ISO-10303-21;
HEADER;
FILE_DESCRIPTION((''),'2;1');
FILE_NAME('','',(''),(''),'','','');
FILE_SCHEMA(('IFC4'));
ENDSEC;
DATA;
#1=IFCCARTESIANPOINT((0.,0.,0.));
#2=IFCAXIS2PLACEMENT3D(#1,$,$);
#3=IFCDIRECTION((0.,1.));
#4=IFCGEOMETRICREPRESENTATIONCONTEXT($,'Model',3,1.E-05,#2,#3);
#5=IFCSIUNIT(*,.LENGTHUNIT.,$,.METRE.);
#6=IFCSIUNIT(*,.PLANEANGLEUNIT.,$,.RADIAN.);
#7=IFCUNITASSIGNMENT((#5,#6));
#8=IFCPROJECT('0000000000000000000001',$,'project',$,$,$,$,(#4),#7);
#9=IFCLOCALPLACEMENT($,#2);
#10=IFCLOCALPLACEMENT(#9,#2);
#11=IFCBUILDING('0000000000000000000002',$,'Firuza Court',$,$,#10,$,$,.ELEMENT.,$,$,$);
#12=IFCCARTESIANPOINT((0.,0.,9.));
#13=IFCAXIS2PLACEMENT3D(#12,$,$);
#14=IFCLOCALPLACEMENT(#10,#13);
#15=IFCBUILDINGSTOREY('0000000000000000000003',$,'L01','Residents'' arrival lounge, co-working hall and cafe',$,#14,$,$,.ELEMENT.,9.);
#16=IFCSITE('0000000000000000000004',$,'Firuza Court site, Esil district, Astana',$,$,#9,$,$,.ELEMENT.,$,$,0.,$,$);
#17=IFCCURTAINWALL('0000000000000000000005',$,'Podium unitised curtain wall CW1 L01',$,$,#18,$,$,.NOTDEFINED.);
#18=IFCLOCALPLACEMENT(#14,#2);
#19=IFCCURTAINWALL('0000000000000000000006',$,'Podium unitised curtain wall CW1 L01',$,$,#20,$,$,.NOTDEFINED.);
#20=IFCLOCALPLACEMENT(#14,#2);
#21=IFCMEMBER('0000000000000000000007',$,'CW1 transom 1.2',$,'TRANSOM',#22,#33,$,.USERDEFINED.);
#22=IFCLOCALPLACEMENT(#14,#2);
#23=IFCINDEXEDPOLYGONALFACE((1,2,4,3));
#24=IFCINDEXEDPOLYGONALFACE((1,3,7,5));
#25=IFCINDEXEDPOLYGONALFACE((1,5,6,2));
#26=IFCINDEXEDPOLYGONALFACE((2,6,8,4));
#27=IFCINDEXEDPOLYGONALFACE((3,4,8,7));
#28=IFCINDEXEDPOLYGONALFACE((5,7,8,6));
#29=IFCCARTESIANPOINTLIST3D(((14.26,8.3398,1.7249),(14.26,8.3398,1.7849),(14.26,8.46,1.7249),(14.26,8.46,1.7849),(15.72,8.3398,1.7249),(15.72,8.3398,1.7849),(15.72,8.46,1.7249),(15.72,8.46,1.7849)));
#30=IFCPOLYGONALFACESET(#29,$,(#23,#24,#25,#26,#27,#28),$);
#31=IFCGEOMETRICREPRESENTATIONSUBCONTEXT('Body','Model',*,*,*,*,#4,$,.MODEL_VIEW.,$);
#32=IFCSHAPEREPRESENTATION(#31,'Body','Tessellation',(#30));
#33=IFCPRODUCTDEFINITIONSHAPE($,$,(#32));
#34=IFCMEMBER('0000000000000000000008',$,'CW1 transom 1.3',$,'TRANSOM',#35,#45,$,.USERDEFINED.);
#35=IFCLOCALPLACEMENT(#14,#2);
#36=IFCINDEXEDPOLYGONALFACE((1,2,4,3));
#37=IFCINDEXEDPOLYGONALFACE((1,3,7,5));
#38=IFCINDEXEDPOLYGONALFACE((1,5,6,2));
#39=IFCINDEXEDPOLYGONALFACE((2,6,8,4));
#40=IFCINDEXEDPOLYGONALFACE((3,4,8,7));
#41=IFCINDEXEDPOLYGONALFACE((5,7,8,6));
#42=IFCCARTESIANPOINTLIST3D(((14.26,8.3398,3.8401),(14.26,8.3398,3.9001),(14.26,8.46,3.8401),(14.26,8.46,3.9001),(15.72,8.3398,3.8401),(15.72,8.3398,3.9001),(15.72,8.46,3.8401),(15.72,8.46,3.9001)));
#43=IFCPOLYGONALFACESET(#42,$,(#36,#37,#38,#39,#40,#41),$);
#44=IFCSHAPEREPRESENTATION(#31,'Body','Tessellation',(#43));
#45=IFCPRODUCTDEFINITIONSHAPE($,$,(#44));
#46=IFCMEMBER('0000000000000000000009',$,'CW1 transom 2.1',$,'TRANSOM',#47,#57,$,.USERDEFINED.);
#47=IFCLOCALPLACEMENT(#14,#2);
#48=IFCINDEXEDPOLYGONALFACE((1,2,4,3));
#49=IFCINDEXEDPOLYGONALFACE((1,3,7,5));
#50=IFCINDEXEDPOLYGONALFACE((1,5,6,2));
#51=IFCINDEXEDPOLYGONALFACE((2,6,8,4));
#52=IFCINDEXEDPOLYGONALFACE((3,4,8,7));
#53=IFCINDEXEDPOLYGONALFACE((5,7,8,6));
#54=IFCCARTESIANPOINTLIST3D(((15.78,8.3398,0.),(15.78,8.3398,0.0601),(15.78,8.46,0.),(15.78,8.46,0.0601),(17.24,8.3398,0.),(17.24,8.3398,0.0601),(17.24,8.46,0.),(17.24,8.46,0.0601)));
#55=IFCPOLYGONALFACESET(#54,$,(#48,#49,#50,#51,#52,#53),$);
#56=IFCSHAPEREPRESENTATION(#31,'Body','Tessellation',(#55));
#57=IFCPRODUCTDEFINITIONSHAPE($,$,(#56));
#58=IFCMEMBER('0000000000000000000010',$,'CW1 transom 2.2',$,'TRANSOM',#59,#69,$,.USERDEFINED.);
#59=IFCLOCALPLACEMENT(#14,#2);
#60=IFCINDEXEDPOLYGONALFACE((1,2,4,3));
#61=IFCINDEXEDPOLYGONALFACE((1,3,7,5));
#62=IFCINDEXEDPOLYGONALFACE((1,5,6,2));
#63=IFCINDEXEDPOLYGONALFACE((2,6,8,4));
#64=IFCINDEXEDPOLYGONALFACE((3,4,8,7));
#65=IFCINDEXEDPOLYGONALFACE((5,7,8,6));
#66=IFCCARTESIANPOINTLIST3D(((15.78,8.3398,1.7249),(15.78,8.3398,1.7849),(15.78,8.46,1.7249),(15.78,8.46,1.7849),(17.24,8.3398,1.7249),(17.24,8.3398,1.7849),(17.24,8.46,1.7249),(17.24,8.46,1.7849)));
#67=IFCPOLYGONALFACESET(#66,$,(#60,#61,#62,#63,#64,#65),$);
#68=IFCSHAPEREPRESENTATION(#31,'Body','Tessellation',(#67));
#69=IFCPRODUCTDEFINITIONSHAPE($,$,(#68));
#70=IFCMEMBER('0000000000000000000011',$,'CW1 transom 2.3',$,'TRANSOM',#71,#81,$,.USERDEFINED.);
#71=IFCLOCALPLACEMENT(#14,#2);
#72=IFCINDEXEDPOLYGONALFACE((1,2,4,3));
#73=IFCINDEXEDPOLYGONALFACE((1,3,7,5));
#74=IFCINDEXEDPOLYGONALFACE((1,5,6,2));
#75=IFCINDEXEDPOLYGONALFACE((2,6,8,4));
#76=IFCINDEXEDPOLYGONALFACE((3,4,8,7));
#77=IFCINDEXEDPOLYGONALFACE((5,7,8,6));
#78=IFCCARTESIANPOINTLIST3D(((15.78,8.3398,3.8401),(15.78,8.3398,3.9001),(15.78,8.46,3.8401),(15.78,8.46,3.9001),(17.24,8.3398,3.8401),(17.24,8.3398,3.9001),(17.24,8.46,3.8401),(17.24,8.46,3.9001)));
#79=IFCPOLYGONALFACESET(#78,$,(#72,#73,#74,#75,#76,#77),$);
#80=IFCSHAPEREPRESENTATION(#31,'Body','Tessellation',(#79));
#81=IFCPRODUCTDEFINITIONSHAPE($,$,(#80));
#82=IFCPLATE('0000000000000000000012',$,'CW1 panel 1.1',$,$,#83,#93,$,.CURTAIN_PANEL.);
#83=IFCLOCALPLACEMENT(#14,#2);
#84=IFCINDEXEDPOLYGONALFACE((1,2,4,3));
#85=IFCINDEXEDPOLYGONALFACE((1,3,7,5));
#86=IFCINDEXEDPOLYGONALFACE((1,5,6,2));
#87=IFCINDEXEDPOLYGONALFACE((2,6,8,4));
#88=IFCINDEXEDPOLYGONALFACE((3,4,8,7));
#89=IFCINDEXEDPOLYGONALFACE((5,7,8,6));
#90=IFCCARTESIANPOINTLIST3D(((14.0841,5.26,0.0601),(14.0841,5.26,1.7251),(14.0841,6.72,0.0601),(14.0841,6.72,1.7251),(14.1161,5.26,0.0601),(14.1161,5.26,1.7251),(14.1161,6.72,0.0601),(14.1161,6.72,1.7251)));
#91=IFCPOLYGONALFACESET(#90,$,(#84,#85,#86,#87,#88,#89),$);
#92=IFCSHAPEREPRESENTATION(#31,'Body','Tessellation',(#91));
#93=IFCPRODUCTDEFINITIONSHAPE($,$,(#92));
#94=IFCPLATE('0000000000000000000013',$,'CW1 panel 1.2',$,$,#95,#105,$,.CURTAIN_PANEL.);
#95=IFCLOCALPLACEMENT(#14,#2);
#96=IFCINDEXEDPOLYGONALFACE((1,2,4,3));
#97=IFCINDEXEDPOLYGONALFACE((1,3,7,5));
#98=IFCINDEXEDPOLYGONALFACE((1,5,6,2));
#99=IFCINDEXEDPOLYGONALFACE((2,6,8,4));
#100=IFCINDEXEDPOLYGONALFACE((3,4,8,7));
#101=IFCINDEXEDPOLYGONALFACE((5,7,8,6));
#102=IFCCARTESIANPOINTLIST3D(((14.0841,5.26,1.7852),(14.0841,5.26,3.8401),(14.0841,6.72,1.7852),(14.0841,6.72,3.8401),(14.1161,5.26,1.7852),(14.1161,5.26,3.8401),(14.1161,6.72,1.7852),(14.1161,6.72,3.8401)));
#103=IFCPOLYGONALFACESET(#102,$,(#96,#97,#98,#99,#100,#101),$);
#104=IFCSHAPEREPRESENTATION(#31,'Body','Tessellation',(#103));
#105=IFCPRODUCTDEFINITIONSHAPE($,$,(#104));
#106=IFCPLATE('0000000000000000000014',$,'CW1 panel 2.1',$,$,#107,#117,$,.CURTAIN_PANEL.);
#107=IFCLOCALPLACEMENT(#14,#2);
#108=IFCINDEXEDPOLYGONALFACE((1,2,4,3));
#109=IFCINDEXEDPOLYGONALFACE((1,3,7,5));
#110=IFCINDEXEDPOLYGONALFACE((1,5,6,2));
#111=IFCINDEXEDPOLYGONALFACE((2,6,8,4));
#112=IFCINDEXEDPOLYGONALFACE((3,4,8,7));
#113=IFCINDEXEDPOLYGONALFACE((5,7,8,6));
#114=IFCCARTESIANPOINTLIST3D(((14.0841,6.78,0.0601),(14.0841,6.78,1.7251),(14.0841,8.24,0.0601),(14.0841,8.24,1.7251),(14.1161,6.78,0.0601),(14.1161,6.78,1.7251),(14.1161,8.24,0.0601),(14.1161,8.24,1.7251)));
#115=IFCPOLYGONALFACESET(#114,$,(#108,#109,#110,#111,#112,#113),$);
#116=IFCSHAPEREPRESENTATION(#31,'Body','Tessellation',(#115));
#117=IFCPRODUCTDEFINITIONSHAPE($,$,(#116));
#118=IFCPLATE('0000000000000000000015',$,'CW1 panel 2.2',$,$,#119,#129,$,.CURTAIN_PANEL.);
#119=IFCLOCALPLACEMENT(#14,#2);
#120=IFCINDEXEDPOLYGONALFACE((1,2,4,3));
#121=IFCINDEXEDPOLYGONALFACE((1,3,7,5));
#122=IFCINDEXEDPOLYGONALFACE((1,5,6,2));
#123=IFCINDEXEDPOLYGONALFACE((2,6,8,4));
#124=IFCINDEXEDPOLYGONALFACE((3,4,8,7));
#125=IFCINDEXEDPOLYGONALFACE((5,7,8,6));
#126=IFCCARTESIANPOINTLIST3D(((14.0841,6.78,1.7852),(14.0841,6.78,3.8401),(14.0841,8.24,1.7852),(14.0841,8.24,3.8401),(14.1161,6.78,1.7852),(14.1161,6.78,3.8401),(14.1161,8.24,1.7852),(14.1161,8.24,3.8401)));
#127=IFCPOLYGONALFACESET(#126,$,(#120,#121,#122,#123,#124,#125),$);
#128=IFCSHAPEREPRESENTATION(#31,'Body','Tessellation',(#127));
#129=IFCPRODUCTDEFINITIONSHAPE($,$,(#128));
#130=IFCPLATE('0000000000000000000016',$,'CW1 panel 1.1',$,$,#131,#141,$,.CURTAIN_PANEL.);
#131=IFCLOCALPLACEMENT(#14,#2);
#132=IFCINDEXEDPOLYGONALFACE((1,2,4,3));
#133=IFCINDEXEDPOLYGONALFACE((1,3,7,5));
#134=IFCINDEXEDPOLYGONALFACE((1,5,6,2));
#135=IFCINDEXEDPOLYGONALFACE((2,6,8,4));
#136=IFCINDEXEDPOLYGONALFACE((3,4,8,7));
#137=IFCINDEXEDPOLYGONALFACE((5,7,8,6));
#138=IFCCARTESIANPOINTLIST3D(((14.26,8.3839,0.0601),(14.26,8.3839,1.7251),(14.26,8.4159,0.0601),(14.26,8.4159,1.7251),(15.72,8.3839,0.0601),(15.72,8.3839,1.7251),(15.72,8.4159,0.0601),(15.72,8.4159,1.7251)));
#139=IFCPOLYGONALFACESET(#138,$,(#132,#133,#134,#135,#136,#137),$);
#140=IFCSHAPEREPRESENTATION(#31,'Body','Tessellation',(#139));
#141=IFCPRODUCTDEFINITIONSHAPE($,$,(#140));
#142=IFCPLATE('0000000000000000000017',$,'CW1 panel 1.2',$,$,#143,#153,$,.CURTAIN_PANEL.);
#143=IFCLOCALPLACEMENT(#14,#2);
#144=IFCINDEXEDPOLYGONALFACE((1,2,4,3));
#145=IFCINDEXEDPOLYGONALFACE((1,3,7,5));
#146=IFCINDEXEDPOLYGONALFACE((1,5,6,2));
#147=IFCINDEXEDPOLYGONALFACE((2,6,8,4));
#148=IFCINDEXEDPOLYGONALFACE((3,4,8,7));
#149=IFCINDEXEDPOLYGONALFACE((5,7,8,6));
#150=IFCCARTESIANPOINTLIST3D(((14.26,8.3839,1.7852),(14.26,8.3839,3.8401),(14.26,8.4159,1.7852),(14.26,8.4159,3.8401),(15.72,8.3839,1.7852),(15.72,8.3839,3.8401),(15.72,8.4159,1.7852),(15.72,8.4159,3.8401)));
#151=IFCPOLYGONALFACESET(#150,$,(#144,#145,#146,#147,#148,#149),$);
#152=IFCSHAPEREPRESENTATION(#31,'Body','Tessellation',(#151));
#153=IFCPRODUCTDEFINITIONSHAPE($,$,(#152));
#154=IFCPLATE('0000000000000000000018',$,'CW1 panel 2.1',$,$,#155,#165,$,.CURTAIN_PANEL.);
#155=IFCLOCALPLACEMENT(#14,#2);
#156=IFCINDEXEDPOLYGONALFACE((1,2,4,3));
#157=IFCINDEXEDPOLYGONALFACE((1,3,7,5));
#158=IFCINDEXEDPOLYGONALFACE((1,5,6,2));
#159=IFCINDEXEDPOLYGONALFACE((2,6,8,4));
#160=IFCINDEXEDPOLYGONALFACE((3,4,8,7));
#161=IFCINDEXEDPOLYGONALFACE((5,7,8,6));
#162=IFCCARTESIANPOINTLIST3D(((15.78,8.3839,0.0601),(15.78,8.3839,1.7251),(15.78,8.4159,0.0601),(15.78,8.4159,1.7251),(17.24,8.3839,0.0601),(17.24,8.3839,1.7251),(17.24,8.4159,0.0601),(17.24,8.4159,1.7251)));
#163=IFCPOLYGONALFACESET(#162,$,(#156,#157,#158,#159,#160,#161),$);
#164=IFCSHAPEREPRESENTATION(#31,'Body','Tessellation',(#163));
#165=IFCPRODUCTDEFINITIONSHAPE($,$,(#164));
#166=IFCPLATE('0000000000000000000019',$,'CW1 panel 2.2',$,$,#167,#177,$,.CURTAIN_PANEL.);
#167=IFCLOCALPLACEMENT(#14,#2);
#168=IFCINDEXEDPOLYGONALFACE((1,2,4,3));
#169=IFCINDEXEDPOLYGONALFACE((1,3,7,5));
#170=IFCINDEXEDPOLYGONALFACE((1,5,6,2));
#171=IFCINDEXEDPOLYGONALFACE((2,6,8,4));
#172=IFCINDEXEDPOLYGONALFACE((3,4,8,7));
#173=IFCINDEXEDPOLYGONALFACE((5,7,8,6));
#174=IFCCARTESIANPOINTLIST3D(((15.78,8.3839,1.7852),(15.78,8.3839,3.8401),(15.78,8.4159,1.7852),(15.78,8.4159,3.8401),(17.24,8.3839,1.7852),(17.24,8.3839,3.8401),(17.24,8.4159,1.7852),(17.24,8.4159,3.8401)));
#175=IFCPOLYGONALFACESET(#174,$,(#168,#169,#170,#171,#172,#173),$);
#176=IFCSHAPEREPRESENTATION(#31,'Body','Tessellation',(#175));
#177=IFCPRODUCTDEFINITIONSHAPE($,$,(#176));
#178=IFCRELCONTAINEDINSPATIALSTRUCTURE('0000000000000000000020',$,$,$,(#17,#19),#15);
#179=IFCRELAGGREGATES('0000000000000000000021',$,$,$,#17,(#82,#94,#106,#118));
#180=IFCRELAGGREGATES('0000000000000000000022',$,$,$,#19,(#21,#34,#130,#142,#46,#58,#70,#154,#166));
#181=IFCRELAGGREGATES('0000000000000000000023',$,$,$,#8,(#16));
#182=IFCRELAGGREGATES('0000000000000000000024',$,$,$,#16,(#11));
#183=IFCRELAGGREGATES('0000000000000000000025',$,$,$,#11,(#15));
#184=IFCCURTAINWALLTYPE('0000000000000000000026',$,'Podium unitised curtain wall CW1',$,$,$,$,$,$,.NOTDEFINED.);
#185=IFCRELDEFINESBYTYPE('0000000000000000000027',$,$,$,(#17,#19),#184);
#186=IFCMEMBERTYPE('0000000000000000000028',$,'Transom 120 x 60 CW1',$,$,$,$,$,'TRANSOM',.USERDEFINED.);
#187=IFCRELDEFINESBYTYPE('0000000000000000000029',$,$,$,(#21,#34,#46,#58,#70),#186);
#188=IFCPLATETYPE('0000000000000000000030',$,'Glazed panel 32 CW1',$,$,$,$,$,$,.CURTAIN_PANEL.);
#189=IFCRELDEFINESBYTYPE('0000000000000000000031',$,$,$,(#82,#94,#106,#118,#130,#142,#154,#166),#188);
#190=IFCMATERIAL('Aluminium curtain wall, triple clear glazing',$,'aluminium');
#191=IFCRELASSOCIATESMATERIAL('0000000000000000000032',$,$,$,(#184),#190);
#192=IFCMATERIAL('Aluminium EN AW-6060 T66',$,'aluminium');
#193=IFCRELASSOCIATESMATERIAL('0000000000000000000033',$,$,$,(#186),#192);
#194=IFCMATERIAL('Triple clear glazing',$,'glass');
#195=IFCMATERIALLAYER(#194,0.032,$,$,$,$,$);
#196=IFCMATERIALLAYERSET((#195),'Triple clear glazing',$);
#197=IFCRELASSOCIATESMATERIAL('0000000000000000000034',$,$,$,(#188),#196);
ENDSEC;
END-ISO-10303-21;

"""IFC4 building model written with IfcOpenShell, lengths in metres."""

from ifc_helpers import new_model, si_unit, direction, frame, origin, origin_2d, place, context, subcontext, project, spatial, rectangle, extrude, material, layer, layer_set, material_profile, profile_set, type_object, element, aggregate, save


model = new_model("IFC4")

# Units and contexts
model_context = context("Model", 3, precision=1e-05, world=origin(), true_north=direction((0.0, 1.0)))
body_context = subcontext(model_context, "Body", "Model", "MODEL_VIEW")
ifc_project = project(units=[si_unit("LENGTHUNIT", "METRE"), si_unit("PLANEANGLEUNIT", "RADIAN")], contexts=[model_context])

# Site, building, storey
site_placement = place(None, origin())
site = spatial("IfcSite", under=ifc_project, at=site_placement, Name="Firuza Court site, Esil district, Astana", CompositionType="ELEMENT", RefElevation=0.0)
building_placement = place(site_placement, origin())
building = spatial("IfcBuilding", under=site, at=building_placement, Name="Firuza Court", CompositionType="ELEMENT")
storey_placement = place(building_placement, frame((0.0, 0.0, 9.0)))
storey = spatial("IfcBuildingStorey", under=building, at=storey_placement, Name="L01", Description="Residents' arrival lounge, co-working hall and cafe", CompositionType="ELEMENT", Elevation=9.0)

# Curtain walls
ifc_material_1 = material(Name="Aluminium curtain wall, triple clear glazing", Category="aluminium")
curtain_wall_type = type_object("IfcCurtainWallType", Name="Podium unitised curtain wall CW1", PredefinedType="NOTDEFINED", material=ifc_material_1)
curtain_wall_1_placement = place(storey_placement, origin())
curtain_wall_1 = element("IfcCurtainWall", 1, at=curtain_wall_1_placement, inside=storey, type_object=curtain_wall_type, Name="Podium unitised curtain wall CW1 L01", PredefinedType="NOTDEFINED")
curtain_wall_2_placement = place(storey_placement, origin())
curtain_wall_2 = element("IfcCurtainWall", 2, at=curtain_wall_2_placement, inside=storey, type_object=curtain_wall_type, Name="Podium unitised curtain wall CW1 L01", PredefinedType="NOTDEFINED")

# Members
ifc_material_2 = material(Name="Aluminium EN AW-6060 T66", Category="aluminium")
ifc_material_profile_1 = material_profile(ifc_material_2, rectangle(XDim=0.1201, YDim=0.0601, at=origin_2d()), Name="Transom 120 x 60 CW1")
ifc_profile_set_1 = profile_set([ifc_material_profile_1], Name="Aluminium EN AW-6060 T66")
member_type_1 = type_object("IfcMemberType", Name="Transom 120 x 60 CW1", ElementType="TRANSOM", PredefinedType="USERDEFINED", material=ifc_profile_set_1)
member_1_placement = place(storey_placement, frame((14.26, 8.3999, 1.7549), z_axis=(1.0, 0.0, 0.0), x_axis=(0.0, 1.0, 0.0)))
member_1 = element("IfcMember", 3, at=member_1_placement, type_object=member_type_1, Name="CW1 transom 1.2", ObjectType="TRANSOM", PredefinedType="USERDEFINED", context=body_context, shape_type="SweptSolid", body=[
    extrude(rectangle(XDim=0.1201, YDim=0.0601, at=origin_2d()), origin(), (0.0, 0.0, 1.0), 1.46),
])
member_2_placement = place(storey_placement, frame((14.26, 8.3999, 3.8701), z_axis=(1.0, 0.0, 0.0), x_axis=(0.0, 1.0, 0.0)))
member_2 = element("IfcMember", 4, at=member_2_placement, type_object=member_type_1, Name="CW1 transom 1.3", ObjectType="TRANSOM", PredefinedType="USERDEFINED", context=body_context, shape_type="SweptSolid", body=[
    extrude(rectangle(XDim=0.1201, YDim=0.0601, at=origin_2d()), origin(), (0.0, 0.0, 1.0), 1.46),
])
member_3_placement = place(storey_placement, frame((15.78, 8.3999, 0.03), z_axis=(1.0, 0.0, 0.0), x_axis=(0.0, 1.0, 0.0)))
member_3 = element("IfcMember", 5, at=member_3_placement, type_object=member_type_1, Name="CW1 transom 2.1", ObjectType="TRANSOM", PredefinedType="USERDEFINED", context=body_context, shape_type="SweptSolid", body=[
    extrude(rectangle(XDim=0.1201, YDim=0.0601, at=origin_2d()), origin(), (0.0, 0.0, 1.0), 1.46),
])
member_4_placement = place(storey_placement, frame((15.78, 8.3999, 1.7549), z_axis=(1.0, 0.0, 0.0), x_axis=(0.0, 1.0, 0.0)))
member_4 = element("IfcMember", 6, at=member_4_placement, type_object=member_type_1, Name="CW1 transom 2.2", ObjectType="TRANSOM", PredefinedType="USERDEFINED", context=body_context, shape_type="SweptSolid", body=[
    extrude(rectangle(XDim=0.1201, YDim=0.0601, at=origin_2d()), origin(), (0.0, 0.0, 1.0), 1.46),
])
member_5_placement = place(storey_placement, frame((15.78, 8.3999, 3.8701), z_axis=(1.0, 0.0, 0.0), x_axis=(0.0, 1.0, 0.0)))
member_5 = element("IfcMember", 7, at=member_5_placement, type_object=member_type_1, Name="CW1 transom 2.3", ObjectType="TRANSOM", PredefinedType="USERDEFINED", context=body_context, shape_type="SweptSolid", body=[
    extrude(rectangle(XDim=0.1201, YDim=0.0601, at=origin_2d()), origin(), (0.0, 0.0, 1.0), 1.46),
])

# Plates
ifc_material_3 = material(Name="Triple clear glazing", Category="glass")
ifc_layer = layer(ifc_material_3, 0.032)
ifc_layer_set = layer_set([ifc_layer], Name="Triple clear glazing")
plate_type = type_object("IfcPlateType", Name="Glazed panel 32 CW1", PredefinedType="CURTAIN_PANEL", material=ifc_layer_set)
plate_1_placement = place(storey_placement, frame((14.1001, 5.99, 0.0601), z_axis=(0.0, 0.0, 1.0), x_axis=(0.0, 1.0, 0.0)))
plate_1 = element("IfcPlate", 8, at=plate_1_placement, type_object=plate_type, Name="CW1 panel 1.1", PredefinedType="CURTAIN_PANEL", context=body_context, shape_type="SweptSolid", body=[
    extrude(rectangle(XDim=1.46, YDim=0.032, at=origin_2d()), origin(), (0.0, 0.0, 1.0), 1.665),
])
plate_2_placement = place(storey_placement, frame((14.1001, 5.99, 1.7852), z_axis=(0.0, 0.0, 1.0), x_axis=(0.0, 1.0, 0.0)))
plate_2 = element("IfcPlate", 9, at=plate_2_placement, type_object=plate_type, Name="CW1 panel 1.2", PredefinedType="CURTAIN_PANEL", context=body_context, shape_type="SweptSolid", body=[
    extrude(rectangle(XDim=1.46, YDim=0.032, at=origin_2d()), origin(), (0.0, 0.0, 1.0), 2.0549),
])
plate_3_placement = place(storey_placement, frame((14.1001, 7.51, 0.0601), z_axis=(0.0, 0.0, 1.0), x_axis=(0.0, 1.0, 0.0)))
plate_3 = element("IfcPlate", 10, at=plate_3_placement, type_object=plate_type, Name="CW1 panel 2.1", PredefinedType="CURTAIN_PANEL", context=body_context, shape_type="SweptSolid", body=[
    extrude(rectangle(XDim=1.46, YDim=0.032, at=origin_2d()), origin(), (0.0, 0.0, 1.0), 1.665),
])
plate_4_placement = place(storey_placement, frame((14.1001, 7.51, 1.7852), z_axis=(0.0, 0.0, 1.0), x_axis=(0.0, 1.0, 0.0)))
plate_4 = element("IfcPlate", 11, at=plate_4_placement, type_object=plate_type, Name="CW1 panel 2.2", PredefinedType="CURTAIN_PANEL", context=body_context, shape_type="SweptSolid", body=[
    extrude(rectangle(XDim=1.46, YDim=0.032, at=origin_2d()), origin(), (0.0, 0.0, 1.0), 2.0549),
])
aggregate(curtain_wall_1, [plate_1, plate_2, plate_3, plate_4])
plate_5_placement = place(storey_placement, frame((14.99, 8.3999, 0.0601), z_axis=(0.0, 0.0, 1.0), x_axis=(1.0, 0.0, 0.0)))
plate_5 = element("IfcPlate", 12, at=plate_5_placement, type_object=plate_type, Name="CW1 panel 1.1", PredefinedType="CURTAIN_PANEL", context=body_context, shape_type="SweptSolid", body=[
    extrude(rectangle(XDim=1.46, YDim=0.032, at=origin_2d()), origin(), (0.0, 0.0, 1.0), 1.665),
])
plate_6_placement = place(storey_placement, frame((14.99, 8.3999, 1.7852), z_axis=(0.0, 0.0, 1.0), x_axis=(1.0, 0.0, 0.0)))
plate_6 = element("IfcPlate", 13, at=plate_6_placement, type_object=plate_type, Name="CW1 panel 1.2", PredefinedType="CURTAIN_PANEL", context=body_context, shape_type="SweptSolid", body=[
    extrude(rectangle(XDim=1.46, YDim=0.032, at=origin_2d()), origin(), (0.0, 0.0, 1.0), 2.0549),
])
plate_7_placement = place(storey_placement, frame((16.51, 8.3999, 0.0601), z_axis=(0.0, 0.0, 1.0), x_axis=(1.0, 0.0, 0.0)))
plate_7 = element("IfcPlate", 14, at=plate_7_placement, type_object=plate_type, Name="CW1 panel 2.1", PredefinedType="CURTAIN_PANEL", context=body_context, shape_type="SweptSolid", body=[
    extrude(rectangle(XDim=1.46, YDim=0.032, at=origin_2d()), origin(), (0.0, 0.0, 1.0), 1.665),
])
plate_8_placement = place(storey_placement, frame((16.51, 8.3999, 1.7852), z_axis=(0.0, 0.0, 1.0), x_axis=(1.0, 0.0, 0.0)))
plate_8 = element("IfcPlate", 15, at=plate_8_placement, type_object=plate_type, Name="CW1 panel 2.2", PredefinedType="CURTAIN_PANEL", context=body_context, shape_type="SweptSolid", body=[
    extrude(rectangle(XDim=1.46, YDim=0.032, at=origin_2d()), origin(), (0.0, 0.0, 1.0), 2.0549),
])
aggregate(curtain_wall_2, [member_1, member_2, plate_5, plate_6, member_3, member_4, member_5, plate_7, plate_8])

save(model, "model.ifc")
